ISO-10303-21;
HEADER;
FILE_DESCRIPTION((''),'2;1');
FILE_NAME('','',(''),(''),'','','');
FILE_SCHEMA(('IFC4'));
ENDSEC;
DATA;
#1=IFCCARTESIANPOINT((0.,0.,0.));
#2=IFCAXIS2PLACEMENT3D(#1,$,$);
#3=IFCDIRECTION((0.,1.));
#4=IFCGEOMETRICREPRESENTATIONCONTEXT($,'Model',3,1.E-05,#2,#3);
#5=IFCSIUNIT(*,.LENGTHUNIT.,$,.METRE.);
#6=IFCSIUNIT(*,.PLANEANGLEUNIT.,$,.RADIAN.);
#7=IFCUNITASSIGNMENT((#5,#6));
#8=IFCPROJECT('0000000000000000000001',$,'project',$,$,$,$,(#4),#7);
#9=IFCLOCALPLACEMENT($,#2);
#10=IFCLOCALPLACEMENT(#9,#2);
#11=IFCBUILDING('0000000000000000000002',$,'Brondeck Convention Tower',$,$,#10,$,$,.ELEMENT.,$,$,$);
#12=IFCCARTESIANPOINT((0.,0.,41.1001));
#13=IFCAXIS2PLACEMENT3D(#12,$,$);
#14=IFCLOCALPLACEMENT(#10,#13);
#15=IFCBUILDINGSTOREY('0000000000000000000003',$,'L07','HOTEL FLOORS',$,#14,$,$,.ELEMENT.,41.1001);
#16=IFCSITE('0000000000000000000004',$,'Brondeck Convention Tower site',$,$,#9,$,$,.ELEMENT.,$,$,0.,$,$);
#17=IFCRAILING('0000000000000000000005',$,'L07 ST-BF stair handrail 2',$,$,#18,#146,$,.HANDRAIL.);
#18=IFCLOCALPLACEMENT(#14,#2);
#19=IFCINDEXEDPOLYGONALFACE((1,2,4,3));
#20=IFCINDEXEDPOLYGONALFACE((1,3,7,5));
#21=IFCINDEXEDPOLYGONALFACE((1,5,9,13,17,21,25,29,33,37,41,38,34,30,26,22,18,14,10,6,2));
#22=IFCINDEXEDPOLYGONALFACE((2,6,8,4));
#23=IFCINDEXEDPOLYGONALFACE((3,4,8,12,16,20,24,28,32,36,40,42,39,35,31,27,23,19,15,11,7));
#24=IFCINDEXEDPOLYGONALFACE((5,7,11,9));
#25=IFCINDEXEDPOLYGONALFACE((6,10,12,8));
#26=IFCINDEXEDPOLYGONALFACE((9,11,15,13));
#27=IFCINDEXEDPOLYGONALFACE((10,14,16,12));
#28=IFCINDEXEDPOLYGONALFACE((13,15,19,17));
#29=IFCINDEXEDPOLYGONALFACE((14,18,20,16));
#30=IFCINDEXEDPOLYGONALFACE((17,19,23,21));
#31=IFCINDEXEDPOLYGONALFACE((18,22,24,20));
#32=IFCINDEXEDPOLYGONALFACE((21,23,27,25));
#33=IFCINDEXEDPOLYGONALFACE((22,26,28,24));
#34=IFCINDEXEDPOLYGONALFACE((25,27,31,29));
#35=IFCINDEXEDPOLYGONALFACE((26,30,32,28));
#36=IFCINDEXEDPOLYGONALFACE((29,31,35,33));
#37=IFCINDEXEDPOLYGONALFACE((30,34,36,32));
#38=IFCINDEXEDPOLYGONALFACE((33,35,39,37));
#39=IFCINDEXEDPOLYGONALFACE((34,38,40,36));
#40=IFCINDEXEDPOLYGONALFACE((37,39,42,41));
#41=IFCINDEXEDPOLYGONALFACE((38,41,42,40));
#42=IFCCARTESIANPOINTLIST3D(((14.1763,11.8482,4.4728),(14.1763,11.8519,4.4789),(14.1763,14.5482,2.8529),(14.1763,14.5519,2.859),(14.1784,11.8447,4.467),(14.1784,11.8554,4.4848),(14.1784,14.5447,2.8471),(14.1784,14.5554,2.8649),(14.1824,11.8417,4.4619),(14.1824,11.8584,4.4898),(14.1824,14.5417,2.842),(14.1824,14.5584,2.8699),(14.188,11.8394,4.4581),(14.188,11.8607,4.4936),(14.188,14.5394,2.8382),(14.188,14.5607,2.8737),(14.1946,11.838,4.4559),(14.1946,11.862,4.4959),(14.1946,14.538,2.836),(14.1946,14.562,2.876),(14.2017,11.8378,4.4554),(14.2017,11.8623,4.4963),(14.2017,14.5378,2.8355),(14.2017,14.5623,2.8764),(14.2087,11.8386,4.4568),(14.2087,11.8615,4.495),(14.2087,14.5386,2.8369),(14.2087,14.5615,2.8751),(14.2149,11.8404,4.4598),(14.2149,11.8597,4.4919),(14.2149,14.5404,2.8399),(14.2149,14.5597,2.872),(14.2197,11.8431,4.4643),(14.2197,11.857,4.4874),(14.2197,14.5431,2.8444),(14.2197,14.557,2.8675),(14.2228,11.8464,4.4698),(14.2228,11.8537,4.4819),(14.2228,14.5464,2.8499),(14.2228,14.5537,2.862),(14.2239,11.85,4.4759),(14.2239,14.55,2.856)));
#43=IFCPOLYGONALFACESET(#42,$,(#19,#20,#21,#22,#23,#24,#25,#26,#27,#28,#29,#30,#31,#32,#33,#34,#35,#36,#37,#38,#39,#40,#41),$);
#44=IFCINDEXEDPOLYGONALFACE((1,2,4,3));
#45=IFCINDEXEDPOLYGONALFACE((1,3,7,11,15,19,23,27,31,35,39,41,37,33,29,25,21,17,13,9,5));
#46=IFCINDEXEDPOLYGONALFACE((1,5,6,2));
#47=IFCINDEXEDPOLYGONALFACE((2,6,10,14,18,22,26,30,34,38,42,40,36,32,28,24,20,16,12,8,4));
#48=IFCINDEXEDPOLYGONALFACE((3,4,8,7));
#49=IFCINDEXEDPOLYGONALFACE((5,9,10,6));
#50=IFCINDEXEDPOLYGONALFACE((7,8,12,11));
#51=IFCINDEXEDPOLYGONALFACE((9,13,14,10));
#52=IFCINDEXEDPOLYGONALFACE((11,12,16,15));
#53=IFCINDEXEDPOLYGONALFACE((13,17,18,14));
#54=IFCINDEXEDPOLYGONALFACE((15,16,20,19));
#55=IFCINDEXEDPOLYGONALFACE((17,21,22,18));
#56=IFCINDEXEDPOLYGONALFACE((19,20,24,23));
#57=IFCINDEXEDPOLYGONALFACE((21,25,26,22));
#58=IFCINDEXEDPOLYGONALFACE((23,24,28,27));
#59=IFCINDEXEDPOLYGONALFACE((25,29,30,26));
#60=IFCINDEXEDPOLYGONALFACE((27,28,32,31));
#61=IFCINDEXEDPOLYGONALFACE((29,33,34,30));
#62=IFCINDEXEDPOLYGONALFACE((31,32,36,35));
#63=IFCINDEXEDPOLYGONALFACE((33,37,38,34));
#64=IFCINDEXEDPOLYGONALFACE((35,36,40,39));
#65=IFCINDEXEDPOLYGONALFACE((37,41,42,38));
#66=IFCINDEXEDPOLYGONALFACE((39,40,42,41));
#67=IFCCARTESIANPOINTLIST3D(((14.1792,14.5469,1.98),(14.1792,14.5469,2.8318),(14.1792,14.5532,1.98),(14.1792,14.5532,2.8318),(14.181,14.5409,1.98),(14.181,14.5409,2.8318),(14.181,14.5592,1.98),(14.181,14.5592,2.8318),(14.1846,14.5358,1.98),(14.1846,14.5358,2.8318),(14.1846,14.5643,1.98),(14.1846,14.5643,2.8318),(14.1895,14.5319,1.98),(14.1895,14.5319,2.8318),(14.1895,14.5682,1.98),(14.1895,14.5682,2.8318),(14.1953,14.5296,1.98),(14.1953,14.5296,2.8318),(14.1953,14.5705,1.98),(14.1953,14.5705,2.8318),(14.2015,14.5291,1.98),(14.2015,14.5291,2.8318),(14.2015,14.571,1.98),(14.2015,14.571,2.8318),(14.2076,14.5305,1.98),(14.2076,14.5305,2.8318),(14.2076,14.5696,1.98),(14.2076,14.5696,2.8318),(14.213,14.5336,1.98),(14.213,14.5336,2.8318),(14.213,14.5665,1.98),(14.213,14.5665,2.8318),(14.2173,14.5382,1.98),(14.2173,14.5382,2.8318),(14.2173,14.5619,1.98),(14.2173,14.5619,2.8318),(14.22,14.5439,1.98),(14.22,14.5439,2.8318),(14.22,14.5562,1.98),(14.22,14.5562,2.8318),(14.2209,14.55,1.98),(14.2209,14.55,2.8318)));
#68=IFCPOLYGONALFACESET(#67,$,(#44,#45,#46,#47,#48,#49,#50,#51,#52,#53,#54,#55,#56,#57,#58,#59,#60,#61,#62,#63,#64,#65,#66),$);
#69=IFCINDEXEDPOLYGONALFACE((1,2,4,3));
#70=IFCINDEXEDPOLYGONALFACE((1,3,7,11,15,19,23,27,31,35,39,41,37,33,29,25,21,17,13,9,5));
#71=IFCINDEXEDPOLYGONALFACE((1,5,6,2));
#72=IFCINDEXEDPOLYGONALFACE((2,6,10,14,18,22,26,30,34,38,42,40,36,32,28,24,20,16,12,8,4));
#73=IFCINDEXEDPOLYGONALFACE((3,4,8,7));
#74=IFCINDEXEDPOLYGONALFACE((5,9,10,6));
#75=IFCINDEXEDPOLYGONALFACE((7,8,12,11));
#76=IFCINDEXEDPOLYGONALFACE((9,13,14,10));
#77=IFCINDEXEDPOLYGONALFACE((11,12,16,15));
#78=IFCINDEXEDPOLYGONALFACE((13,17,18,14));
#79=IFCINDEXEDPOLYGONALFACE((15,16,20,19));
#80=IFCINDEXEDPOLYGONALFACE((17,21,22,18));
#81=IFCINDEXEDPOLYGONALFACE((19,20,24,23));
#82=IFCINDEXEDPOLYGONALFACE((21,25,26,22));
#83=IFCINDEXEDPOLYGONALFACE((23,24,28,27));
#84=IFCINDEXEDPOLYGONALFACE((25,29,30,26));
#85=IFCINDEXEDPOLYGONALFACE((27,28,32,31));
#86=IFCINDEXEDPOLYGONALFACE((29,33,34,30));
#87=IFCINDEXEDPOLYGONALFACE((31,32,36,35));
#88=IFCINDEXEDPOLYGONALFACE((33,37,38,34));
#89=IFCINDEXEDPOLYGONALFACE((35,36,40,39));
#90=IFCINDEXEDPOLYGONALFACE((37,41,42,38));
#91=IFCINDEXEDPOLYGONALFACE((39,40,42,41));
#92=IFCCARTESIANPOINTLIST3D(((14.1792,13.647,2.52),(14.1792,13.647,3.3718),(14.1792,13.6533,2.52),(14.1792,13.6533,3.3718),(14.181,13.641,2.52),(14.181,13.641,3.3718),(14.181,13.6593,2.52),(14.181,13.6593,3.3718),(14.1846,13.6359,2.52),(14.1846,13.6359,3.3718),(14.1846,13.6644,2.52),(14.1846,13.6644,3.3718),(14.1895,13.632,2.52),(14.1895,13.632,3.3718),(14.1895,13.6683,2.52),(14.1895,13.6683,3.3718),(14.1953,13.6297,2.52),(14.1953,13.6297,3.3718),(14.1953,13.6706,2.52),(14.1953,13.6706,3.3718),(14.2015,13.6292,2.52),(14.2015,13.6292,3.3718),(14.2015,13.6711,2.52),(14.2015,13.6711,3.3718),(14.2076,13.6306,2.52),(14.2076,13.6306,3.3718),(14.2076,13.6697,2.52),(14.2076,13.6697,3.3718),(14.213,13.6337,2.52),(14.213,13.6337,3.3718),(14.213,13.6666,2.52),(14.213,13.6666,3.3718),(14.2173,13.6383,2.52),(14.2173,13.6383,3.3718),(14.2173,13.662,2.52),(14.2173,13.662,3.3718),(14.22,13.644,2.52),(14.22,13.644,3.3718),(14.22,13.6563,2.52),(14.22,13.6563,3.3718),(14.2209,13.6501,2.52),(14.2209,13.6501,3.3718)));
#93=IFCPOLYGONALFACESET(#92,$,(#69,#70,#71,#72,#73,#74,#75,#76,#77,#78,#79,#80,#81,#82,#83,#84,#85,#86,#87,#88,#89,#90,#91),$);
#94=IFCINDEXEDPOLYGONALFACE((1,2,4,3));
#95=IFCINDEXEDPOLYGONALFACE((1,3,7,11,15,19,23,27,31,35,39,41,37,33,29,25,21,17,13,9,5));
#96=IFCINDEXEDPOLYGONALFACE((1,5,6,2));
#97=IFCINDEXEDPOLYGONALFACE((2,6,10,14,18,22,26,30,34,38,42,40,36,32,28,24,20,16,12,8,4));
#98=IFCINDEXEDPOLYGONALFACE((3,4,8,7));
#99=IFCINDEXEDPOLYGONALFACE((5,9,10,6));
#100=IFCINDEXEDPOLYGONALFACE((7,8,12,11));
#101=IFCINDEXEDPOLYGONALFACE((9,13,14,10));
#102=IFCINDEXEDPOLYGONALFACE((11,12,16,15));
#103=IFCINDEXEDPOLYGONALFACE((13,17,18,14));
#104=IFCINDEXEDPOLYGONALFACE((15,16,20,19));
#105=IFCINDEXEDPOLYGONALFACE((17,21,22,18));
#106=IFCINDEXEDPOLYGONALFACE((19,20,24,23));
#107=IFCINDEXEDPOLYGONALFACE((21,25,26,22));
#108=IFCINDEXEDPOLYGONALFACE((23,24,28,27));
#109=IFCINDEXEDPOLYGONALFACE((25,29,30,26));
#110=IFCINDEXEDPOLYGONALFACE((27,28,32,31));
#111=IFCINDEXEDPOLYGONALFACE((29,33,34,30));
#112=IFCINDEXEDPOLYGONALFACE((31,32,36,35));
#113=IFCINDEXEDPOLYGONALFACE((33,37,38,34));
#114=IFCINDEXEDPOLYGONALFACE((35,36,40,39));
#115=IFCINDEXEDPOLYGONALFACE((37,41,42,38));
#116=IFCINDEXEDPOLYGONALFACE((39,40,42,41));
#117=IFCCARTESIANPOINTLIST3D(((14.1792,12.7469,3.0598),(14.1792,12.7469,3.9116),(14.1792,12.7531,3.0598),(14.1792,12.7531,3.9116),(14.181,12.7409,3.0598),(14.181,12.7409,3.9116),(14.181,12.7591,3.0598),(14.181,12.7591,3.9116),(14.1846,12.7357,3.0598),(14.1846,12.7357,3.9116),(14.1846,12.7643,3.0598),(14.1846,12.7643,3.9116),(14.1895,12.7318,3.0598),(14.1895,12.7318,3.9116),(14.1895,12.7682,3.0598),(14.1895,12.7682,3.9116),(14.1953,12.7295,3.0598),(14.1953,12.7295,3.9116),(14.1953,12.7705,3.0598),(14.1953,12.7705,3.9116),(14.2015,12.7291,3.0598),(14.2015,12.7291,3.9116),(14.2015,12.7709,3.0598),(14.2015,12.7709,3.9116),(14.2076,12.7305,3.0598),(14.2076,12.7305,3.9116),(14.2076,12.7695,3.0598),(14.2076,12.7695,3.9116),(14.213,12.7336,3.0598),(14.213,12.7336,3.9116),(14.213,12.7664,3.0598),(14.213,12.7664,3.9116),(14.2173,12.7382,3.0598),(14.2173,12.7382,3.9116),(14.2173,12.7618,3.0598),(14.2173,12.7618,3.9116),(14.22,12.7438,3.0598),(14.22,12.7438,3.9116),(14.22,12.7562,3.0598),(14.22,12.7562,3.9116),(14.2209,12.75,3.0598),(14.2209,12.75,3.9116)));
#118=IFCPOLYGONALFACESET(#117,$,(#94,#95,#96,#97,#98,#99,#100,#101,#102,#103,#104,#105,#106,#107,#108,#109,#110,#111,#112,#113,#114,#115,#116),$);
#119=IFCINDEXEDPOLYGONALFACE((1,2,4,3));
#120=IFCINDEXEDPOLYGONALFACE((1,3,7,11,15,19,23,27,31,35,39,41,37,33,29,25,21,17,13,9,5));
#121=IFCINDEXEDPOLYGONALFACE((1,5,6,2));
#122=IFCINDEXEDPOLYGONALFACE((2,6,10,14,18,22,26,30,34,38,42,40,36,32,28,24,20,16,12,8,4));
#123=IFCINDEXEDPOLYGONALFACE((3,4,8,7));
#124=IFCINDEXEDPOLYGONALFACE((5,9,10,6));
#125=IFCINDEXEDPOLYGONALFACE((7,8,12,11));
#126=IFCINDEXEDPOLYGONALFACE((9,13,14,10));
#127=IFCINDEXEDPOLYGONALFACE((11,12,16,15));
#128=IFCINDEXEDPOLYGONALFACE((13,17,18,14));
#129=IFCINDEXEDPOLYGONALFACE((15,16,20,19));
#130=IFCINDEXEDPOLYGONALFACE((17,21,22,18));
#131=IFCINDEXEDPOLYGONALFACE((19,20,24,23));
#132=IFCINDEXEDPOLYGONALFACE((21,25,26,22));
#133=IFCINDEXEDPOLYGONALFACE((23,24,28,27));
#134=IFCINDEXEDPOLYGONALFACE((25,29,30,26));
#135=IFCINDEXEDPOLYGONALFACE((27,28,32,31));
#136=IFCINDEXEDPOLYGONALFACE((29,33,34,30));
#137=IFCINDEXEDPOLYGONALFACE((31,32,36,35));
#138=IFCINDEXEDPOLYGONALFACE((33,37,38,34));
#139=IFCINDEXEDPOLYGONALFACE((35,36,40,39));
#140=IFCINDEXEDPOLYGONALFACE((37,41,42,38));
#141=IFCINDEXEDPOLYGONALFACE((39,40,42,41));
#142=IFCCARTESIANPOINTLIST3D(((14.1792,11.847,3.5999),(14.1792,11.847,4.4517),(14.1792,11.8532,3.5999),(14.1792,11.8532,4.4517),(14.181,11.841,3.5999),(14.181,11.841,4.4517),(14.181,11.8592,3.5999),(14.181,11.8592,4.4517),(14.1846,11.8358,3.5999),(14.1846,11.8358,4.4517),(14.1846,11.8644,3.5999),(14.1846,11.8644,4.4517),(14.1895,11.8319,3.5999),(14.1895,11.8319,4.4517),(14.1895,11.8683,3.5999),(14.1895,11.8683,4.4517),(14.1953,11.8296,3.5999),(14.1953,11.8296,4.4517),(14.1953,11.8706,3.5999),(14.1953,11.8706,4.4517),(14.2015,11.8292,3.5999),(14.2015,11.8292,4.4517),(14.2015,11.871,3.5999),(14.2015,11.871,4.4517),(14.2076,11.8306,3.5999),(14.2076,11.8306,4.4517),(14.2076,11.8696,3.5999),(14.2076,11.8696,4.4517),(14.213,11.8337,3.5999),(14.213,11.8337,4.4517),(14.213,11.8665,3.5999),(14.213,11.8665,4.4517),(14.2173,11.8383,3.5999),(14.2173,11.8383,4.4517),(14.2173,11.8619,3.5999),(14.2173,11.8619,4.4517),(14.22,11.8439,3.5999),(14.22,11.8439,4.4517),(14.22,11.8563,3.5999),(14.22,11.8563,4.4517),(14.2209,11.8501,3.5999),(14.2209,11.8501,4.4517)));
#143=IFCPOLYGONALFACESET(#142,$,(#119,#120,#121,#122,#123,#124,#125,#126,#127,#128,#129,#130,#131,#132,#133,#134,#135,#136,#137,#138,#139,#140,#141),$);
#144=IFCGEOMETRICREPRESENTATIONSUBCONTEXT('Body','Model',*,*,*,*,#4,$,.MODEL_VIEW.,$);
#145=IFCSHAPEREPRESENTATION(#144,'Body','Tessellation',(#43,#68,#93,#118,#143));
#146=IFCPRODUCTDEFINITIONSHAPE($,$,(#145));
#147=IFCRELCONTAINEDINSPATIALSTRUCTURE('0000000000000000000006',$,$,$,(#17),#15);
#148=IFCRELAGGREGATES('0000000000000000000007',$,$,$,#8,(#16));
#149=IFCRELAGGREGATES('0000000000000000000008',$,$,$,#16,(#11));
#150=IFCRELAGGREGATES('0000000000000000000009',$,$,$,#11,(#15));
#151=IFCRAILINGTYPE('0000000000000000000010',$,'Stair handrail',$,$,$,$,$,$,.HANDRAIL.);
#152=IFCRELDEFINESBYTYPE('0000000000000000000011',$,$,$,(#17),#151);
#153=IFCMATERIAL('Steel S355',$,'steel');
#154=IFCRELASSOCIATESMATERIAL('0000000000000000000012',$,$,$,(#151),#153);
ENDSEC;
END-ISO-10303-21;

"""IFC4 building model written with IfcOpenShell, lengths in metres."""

from ifc_helpers import new_model, si_unit, direction, frame, origin, origin_2d, place, context, subcontext, project, spatial, circle, extrude, material, type_object, element, save


model = new_model("IFC4")

# Units and contexts
model_context = context("Model", 3, precision=1e-05, world=origin(), true_north=direction((0.0, 1.0)))
body_context = subcontext(model_context, "Body", "Model", "MODEL_VIEW")
ifc_project = project(units=[si_unit("LENGTHUNIT", "METRE"), si_unit("PLANEANGLEUNIT", "RADIAN")], contexts=[model_context])

# Site, building, storey
site_placement = place(None, origin())
site = spatial("IfcSite", under=ifc_project, at=site_placement, Name="Brondeck Convention Tower site", CompositionType="ELEMENT", RefElevation=0.0)
building_placement = place(site_placement, origin())
building = spatial("IfcBuilding", under=site, at=building_placement, Name="Brondeck Convention Tower", CompositionType="ELEMENT")
storey_placement = place(building_placement, frame((0.0, 0.0, 41.1001)))
storey = spatial("IfcBuildingStorey", under=building, at=storey_placement, Name="L07", Description="HOTEL FLOORS", CompositionType="ELEMENT", Elevation=41.1001)

# Shared definitions
ifc_material_1 = material(Name="Steel S355", Category="steel")

# Railing
railing_type_1 = type_object("IfcRailingType", Name="Stair handrail", PredefinedType="HANDRAIL", material=ifc_material_1)
railing_1_placement = place(storey_placement, frame((14.2, 14.55, 1.98)))
element("IfcRailing", 1, at=railing_1_placement, inside=storey, type_object=railing_type_1, Name="L07 ST-BF stair handrail 2", PredefinedType="HANDRAIL", context=body_context, shape_type="SweptSolid", body=[
    extrude(circle(Radius=0.0239, at=origin_2d()), frame((0.0, 0.0, 0.876), z_axis=(0.0, -0.857507, 0.514473), x_axis=(1.0, 0.0, 0.0)), (0.0, 0.0, 1.0), 3.1487),
    extrude(circle(Radius=0.021, at=origin_2d()), origin(), (0.0, 0.0, 1.0), 0.8518),
    extrude(circle(Radius=0.021, at=origin_2d()), frame((0.0, -0.8999, 0.54)), (0.0, 0.0, 1.0), 0.8518),
    extrude(circle(Radius=0.021, at=origin_2d()), frame((0.0, -1.8, 1.0798)), (0.0, 0.0, 1.0), 0.8518),
    extrude(circle(Radius=0.021, at=origin_2d()), frame((0.0, -2.7, 1.6199)), (0.0, 0.0, 1.0), 0.8518),
])

save(model, "model.ifc")
